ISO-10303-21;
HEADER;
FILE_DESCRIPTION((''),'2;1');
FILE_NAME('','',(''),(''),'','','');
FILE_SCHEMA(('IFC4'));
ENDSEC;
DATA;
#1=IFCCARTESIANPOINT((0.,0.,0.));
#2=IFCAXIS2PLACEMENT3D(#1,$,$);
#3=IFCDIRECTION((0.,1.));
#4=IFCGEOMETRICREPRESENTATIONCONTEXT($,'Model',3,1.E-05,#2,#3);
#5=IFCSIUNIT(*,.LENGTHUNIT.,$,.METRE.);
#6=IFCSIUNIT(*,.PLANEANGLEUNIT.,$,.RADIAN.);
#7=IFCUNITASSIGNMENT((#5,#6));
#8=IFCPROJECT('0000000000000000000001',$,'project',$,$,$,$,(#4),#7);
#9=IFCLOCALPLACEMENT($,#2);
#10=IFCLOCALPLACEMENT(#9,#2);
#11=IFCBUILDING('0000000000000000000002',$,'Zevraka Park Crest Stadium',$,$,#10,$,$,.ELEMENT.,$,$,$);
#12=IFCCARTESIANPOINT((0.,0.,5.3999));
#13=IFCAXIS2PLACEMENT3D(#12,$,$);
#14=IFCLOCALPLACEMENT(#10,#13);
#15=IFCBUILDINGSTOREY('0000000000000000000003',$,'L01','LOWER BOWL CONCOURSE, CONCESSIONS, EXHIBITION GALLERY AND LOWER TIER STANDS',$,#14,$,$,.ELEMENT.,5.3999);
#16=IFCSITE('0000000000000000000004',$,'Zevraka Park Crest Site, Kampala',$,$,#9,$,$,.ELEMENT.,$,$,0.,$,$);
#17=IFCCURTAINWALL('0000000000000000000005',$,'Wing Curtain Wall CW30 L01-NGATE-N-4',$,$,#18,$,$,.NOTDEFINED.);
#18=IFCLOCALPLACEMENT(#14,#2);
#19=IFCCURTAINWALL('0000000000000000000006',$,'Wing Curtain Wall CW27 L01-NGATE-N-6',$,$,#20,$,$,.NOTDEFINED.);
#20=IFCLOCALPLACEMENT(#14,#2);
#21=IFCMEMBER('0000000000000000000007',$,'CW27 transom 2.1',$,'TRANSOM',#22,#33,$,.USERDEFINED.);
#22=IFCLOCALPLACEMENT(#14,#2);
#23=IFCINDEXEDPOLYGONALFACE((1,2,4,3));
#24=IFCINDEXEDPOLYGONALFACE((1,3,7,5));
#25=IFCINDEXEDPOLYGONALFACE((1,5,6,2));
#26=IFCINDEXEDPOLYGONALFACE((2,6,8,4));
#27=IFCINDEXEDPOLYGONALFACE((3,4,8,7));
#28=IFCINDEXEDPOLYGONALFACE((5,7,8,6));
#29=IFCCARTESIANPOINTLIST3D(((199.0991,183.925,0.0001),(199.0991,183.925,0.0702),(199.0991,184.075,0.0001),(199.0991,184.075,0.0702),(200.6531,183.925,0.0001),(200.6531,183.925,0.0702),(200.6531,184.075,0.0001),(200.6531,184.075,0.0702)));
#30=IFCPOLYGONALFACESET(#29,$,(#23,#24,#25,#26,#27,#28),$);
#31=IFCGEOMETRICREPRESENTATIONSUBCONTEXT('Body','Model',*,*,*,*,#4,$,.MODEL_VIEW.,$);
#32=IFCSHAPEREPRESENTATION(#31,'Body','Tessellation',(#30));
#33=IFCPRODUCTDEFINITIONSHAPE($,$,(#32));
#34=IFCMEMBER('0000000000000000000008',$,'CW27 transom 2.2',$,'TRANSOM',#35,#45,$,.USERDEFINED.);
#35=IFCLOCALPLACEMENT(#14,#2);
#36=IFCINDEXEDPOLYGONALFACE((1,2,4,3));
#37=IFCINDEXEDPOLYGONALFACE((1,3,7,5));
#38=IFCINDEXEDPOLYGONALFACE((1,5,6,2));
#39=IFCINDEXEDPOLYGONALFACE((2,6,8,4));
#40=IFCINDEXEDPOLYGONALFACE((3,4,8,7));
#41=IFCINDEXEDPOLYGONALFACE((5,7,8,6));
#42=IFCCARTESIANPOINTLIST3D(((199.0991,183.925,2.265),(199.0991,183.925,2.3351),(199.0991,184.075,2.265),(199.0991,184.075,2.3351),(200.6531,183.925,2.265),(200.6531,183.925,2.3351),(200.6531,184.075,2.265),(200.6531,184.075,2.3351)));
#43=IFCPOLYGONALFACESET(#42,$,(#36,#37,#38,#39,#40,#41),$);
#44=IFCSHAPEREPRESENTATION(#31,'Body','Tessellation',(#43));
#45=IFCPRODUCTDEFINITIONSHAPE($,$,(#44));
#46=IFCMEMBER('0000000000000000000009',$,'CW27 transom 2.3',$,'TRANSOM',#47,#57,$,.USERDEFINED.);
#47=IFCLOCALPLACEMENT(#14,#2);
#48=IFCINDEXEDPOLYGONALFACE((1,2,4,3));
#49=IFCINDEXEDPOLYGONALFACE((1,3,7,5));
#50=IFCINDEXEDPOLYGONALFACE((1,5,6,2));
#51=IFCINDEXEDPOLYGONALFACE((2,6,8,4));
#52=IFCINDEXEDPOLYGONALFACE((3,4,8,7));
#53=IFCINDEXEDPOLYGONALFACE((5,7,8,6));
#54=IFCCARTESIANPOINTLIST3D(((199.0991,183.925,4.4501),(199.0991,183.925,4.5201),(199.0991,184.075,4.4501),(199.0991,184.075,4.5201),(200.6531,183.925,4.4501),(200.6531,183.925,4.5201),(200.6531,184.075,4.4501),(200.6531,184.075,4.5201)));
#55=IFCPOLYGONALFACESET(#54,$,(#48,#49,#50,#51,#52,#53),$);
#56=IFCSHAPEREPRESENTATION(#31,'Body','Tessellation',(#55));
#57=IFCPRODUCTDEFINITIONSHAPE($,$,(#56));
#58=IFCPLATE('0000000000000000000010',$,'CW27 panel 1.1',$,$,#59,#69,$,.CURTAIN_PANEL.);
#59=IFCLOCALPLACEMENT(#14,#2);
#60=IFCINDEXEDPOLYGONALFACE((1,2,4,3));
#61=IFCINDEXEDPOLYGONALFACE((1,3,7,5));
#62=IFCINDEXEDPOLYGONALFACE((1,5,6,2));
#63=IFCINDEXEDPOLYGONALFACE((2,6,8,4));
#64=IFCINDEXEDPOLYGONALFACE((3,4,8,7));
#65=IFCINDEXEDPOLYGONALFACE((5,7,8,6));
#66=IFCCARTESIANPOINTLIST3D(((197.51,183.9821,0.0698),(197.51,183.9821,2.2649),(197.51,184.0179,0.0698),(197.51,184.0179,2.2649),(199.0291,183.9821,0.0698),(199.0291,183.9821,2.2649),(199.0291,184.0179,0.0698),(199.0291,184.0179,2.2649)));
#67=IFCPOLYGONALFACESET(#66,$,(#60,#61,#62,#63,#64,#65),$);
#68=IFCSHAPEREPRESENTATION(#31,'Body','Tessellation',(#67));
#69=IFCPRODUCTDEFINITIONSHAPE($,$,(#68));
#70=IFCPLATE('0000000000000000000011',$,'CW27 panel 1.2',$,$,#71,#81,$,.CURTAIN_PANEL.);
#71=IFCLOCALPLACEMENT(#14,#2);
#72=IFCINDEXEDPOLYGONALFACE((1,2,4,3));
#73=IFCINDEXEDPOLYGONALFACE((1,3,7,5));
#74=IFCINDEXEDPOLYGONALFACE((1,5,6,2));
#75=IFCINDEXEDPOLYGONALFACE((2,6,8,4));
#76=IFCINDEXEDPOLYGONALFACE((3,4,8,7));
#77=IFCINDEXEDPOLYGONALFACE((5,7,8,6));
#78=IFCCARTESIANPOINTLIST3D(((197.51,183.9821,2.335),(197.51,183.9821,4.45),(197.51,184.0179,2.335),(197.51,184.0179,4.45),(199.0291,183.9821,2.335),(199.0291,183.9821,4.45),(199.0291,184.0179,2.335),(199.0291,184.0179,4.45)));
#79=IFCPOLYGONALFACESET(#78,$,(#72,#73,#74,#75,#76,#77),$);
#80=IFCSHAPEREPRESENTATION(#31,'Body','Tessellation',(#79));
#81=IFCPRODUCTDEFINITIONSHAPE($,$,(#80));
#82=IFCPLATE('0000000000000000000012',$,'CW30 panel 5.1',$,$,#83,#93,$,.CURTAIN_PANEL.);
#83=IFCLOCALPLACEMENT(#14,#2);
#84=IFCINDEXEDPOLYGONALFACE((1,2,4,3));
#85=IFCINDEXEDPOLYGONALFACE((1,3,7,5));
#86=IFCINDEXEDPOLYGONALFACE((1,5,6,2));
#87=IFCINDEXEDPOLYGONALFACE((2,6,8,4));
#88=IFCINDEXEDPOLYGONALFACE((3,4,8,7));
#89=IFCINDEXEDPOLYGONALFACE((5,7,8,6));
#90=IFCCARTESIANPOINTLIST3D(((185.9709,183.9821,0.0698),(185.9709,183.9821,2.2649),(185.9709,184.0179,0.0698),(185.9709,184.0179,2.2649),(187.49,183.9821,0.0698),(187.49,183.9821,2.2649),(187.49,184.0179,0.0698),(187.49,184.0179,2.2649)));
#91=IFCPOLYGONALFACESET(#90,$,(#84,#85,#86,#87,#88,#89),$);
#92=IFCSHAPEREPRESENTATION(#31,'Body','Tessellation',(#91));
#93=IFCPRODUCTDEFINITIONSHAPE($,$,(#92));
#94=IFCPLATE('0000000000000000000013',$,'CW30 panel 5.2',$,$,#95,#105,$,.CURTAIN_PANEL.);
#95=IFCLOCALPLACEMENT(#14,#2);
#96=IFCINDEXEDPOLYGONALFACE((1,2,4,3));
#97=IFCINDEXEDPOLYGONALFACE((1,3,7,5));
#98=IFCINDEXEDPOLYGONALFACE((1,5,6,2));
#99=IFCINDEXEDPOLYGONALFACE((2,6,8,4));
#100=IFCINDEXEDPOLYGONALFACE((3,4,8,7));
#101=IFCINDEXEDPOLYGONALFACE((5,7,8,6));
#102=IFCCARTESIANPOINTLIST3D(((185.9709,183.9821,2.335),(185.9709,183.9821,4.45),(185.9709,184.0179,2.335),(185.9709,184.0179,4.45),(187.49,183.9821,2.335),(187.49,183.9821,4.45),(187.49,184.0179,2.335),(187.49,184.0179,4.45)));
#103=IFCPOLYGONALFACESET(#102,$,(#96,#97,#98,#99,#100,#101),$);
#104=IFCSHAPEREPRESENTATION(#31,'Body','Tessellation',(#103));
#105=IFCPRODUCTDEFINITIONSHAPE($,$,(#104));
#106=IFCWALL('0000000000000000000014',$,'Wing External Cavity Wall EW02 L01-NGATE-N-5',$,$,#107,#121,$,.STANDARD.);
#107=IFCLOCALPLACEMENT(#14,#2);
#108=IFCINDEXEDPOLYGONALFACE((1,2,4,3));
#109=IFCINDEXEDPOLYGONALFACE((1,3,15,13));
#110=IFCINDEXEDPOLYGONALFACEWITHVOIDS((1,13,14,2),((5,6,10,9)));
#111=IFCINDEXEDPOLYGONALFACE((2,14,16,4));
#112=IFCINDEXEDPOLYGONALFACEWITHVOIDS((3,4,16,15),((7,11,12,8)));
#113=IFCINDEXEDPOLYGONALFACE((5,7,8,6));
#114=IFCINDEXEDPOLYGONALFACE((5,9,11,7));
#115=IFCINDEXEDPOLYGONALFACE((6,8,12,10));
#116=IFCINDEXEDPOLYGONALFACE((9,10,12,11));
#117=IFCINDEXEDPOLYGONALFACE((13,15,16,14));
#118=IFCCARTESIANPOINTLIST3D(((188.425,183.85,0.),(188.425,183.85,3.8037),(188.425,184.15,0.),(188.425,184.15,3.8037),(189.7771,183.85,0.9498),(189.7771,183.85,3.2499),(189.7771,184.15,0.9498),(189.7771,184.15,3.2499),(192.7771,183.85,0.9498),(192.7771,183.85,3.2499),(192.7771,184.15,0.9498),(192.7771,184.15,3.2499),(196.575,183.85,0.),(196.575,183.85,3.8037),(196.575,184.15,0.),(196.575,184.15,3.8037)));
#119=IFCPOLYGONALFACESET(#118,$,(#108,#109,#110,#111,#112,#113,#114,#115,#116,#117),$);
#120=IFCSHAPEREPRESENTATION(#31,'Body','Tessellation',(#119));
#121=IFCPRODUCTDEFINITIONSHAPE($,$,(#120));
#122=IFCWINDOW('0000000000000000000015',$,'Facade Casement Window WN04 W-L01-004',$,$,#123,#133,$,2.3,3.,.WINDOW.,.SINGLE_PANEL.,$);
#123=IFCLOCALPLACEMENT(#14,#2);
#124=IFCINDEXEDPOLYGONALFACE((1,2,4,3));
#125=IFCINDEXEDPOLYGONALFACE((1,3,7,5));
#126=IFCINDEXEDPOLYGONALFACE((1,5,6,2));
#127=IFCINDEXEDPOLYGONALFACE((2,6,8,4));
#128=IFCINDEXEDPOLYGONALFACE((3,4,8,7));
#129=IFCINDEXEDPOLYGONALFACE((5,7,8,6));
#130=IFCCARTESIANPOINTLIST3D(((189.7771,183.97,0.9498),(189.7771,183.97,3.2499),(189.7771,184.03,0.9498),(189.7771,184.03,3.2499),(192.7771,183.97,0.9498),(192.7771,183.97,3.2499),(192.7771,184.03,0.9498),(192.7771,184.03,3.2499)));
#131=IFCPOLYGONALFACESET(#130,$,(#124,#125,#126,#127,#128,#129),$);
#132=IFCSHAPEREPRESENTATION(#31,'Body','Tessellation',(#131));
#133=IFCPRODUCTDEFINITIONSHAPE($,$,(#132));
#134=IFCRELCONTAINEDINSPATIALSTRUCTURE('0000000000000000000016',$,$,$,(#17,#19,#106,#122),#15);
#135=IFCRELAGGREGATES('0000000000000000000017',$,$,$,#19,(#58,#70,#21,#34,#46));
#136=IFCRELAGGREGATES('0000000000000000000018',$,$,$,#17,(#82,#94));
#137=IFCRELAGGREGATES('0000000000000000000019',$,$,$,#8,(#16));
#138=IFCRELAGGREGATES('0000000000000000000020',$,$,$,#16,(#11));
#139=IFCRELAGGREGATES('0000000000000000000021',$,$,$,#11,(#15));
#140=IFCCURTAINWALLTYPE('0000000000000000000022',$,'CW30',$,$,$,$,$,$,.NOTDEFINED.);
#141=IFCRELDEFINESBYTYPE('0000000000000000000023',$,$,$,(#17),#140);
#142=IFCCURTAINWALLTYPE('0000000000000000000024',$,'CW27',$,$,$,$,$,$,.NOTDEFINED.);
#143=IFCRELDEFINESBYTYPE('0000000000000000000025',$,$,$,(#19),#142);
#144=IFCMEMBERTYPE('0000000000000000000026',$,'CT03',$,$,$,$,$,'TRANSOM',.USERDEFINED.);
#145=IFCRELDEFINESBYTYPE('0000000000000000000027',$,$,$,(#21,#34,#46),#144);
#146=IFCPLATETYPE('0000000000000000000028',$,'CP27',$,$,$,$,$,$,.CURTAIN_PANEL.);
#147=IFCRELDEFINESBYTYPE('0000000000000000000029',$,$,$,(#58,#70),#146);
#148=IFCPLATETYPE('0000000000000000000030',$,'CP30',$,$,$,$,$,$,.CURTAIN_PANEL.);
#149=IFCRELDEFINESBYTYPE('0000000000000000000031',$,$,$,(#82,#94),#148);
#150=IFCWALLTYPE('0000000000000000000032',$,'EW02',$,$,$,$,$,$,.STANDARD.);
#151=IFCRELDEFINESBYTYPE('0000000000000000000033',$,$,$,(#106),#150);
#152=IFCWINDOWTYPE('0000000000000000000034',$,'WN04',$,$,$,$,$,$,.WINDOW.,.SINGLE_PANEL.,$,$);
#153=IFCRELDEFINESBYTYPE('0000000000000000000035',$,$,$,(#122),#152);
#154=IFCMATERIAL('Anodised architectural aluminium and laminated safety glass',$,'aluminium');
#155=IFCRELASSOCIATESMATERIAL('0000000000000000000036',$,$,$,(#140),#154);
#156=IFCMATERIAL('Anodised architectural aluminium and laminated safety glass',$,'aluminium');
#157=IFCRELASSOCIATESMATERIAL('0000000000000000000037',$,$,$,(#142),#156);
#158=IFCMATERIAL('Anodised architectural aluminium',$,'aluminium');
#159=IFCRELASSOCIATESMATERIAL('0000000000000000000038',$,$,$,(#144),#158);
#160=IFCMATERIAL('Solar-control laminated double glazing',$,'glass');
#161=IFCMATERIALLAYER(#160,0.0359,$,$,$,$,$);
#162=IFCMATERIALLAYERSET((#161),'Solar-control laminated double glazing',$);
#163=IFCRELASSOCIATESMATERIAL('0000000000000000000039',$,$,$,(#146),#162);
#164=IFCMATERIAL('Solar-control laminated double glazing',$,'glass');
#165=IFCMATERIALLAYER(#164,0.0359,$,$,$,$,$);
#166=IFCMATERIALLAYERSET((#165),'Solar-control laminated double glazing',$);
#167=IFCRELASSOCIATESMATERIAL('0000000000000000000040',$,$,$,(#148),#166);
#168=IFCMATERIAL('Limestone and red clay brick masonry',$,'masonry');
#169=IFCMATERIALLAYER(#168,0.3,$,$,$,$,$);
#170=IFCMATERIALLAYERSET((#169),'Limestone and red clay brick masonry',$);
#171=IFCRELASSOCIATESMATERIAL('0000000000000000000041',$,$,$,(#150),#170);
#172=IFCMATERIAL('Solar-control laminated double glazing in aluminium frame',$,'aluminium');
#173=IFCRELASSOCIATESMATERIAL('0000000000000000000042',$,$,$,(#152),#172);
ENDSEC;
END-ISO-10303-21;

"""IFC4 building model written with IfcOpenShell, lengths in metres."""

from ifc_helpers import new_model, si_unit, direction, frame, frame_2d, origin, origin_2d, place, context, subcontext, project, spatial, rectangle, extrude, material, layer, layer_set, material_profile, profile_set, type_object, element, fill, aggregate, save


model = new_model("IFC4")

# Units and contexts
model_context = context("Model", 3, precision=1e-05, world=origin(), true_north=direction((0.0, 1.0)))
body_context = subcontext(model_context, "Body", "Model", "MODEL_VIEW")
ifc_project = project(units=[si_unit("LENGTHUNIT", "METRE"), si_unit("PLANEANGLEUNIT", "RADIAN")], contexts=[model_context])

# Site, building, storey
site_placement = place(None, origin())
site = spatial("IfcSite", under=ifc_project, at=site_placement, Name="Zevraka Park Crest Site, Kampala", CompositionType="ELEMENT", RefElevation=0.0)
building_placement = place(site_placement, origin())
building = spatial("IfcBuilding", under=site, at=building_placement, Name="Zevraka Park Crest Stadium", CompositionType="ELEMENT")
storey_placement = place(building_placement, frame((0.0, 0.0, 5.3999)))
storey = spatial("IfcBuildingStorey", under=building, at=storey_placement, Name="L01", Description="LOWER BOWL CONCOURSE, CONCESSIONS, EXHIBITION GALLERY AND LOWER TIER STANDS", CompositionType="ELEMENT", Elevation=5.3999)

# Curtain wall
ifc_material_1 = material(Name="Anodised architectural aluminium and laminated safety glass", Category="aluminium")
curtain_wall_type_1 = type_object("IfcCurtainWallType", Name="CW30", PredefinedType="NOTDEFINED", material=ifc_material_1)
curtain_wall_1_placement = place(storey_placement, origin())
curtain_wall_1 = element("IfcCurtainWall", 1, at=curtain_wall_1_placement, inside=storey, type_object=curtain_wall_type_1, Name="Wing Curtain Wall CW30 L01-NGATE-N-4", PredefinedType="NOTDEFINED")

# Curtain wall
ifc_material_2 = material(Name="Anodised architectural aluminium and laminated safety glass", Category="aluminium")
curtain_wall_type_2 = type_object("IfcCurtainWallType", Name="CW27", PredefinedType="NOTDEFINED", material=ifc_material_2)
curtain_wall_2_placement = place(storey_placement, origin())
curtain_wall_2 = element("IfcCurtainWall", 2, at=curtain_wall_2_placement, inside=storey, type_object=curtain_wall_type_2, Name="Wing Curtain Wall CW27 L01-NGATE-N-6", PredefinedType="NOTDEFINED")

# Members
ifc_material_3 = material(Name="Anodised architectural aluminium", Category="aluminium")
ifc_material_profile_1 = material_profile(ifc_material_3, rectangle(XDim=0.1499, YDim=0.0701, at=origin_2d()), Name="ALU TRANSOM 150x70")
ifc_profile_set_1 = profile_set([ifc_material_profile_1], Name="Anodised architectural aluminium")
member_type_1 = type_object("IfcMemberType", Name="CT03", ElementType="TRANSOM", PredefinedType="USERDEFINED", material=ifc_profile_set_1)
member_1_placement = place(storey_placement, frame((199.0991, 184.0, 0.0352), z_axis=(1.0, 0.0, 0.0), x_axis=(0.0, 1.0, 0.0)))
member_1 = element("IfcMember", 3, at=member_1_placement, type_object=member_type_1, Name="CW27 transom 2.1", ObjectType="TRANSOM", PredefinedType="USERDEFINED", context=body_context, shape_type="SweptSolid", body=[
    extrude(rectangle(XDim=0.1499, YDim=0.0701, at=origin_2d()), origin(), (0.0, 0.0, 1.0), 1.554),
])
member_2_placement = place(storey_placement, frame((199.0991, 184.0, 2.3), z_axis=(1.0, 0.0, 0.0), x_axis=(0.0, 1.0, 0.0)))
member_2 = element("IfcMember", 4, at=member_2_placement, type_object=member_type_1, Name="CW27 transom 2.2", ObjectType="TRANSOM", PredefinedType="USERDEFINED", context=body_context, shape_type="SweptSolid", body=[
    extrude(rectangle(XDim=0.1499, YDim=0.0701, at=origin_2d()), origin(), (0.0, 0.0, 1.0), 1.554),
])
member_3_placement = place(storey_placement, frame((199.0991, 184.0, 4.4851), z_axis=(1.0, 0.0, 0.0), x_axis=(0.0, 1.0, 0.0)))
member_3 = element("IfcMember", 5, at=member_3_placement, type_object=member_type_1, Name="CW27 transom 2.3", ObjectType="TRANSOM", PredefinedType="USERDEFINED", context=body_context, shape_type="SweptSolid", body=[
    extrude(rectangle(XDim=0.1499, YDim=0.0701, at=origin_2d()), origin(), (0.0, 0.0, 1.0), 1.554),
])

# Plates
ifc_material_4 = material(Name="Solar-control laminated double glazing", Category="glass")
ifc_layer_1 = layer(ifc_material_4, 0.0359)
ifc_layer_set_1 = layer_set([ifc_layer_1], Name="Solar-control laminated double glazing")
plate_type_1 = type_object("IfcPlateType", Name="CP27", PredefinedType="CURTAIN_PANEL", material=ifc_layer_set_1)
plate_1_placement = place(storey_placement, frame((198.2695, 184.0, 0.0698), z_axis=(0.0, 0.0, 1.0), x_axis=(1.0, 0.0, 0.0)))
plate_1 = element("IfcPlate", 6, at=plate_1_placement, type_object=plate_type_1, Name="CW27 panel 1.1", PredefinedType="CURTAIN_PANEL", context=body_context, shape_type="SweptSolid", body=[
    extrude(rectangle(XDim=1.519, YDim=0.0359, at=origin_2d()), origin(), (0.0, 0.0, 1.0), 2.1951),
])
plate_2_placement = place(storey_placement, frame((198.2695, 184.0, 2.335), z_axis=(0.0, 0.0, 1.0), x_axis=(1.0, 0.0, 0.0)))
plate_2 = element("IfcPlate", 7, at=plate_2_placement, type_object=plate_type_1, Name="CW27 panel 1.2", PredefinedType="CURTAIN_PANEL", context=body_context, shape_type="SweptSolid", body=[
    extrude(rectangle(XDim=1.519, YDim=0.0359, at=origin_2d()), origin(), (0.0, 0.0, 1.0), 2.115),
])
aggregate(curtain_wall_2, [plate_1, plate_2, member_1, member_2, member_3])
ifc_material_5 = material(Name="Solar-control laminated double glazing", Category="glass")
ifc_layer_2 = layer(ifc_material_5, 0.0359)
ifc_layer_set_2 = layer_set([ifc_layer_2], Name="Solar-control laminated double glazing")
plate_type_2 = type_object("IfcPlateType", Name="CP30", PredefinedType="CURTAIN_PANEL", material=ifc_layer_set_2)
plate_3_placement = place(storey_placement, frame((186.7305, 184.0, 0.0698), z_axis=(0.0, 0.0, 1.0), x_axis=(1.0, 0.0, 0.0)))
plate_3 = element("IfcPlate", 8, at=plate_3_placement, type_object=plate_type_2, Name="CW30 panel 5.1", PredefinedType="CURTAIN_PANEL", context=body_context, shape_type="SweptSolid", body=[
    extrude(rectangle(XDim=1.519, YDim=0.0359, at=origin_2d()), origin(), (0.0, 0.0, 1.0), 2.1951),
])
plate_4_placement = place(storey_placement, frame((186.7305, 184.0, 2.335), z_axis=(0.0, 0.0, 1.0), x_axis=(1.0, 0.0, 0.0)))
plate_4 = element("IfcPlate", 9, at=plate_4_placement, type_object=plate_type_2, Name="CW30 panel 5.2", PredefinedType="CURTAIN_PANEL", context=body_context, shape_type="SweptSolid", body=[
    extrude(rectangle(XDim=1.519, YDim=0.0359, at=origin_2d()), origin(), (0.0, 0.0, 1.0), 2.115),
])
aggregate(curtain_wall_1, [plate_3, plate_4])

# Wall, opening, window
ifc_material_6 = material(Name="Limestone and red clay brick masonry", Category="masonry")
ifc_layer_3 = layer(ifc_material_6, 0.3)
ifc_layer_set_3 = layer_set([ifc_layer_3], Name="Limestone and red clay brick masonry")
wall_type = type_object("IfcWallType", Name="EW02", PredefinedType="STANDARD", material=ifc_layer_set_3)
wall_placement = place(storey_placement, frame((188.425, 184.0, 0.0), z_axis=(0.0, 0.0, 1.0), x_axis=(1.0, 0.0, 0.0)))
wall = element("IfcWall", 10, at=wall_placement, inside=storey, type_object=wall_type, Name="Wing External Cavity Wall EW02 L01-NGATE-N-5", PredefinedType="STANDARD", context=body_context, shape_type="SweptSolid", body=[
    extrude(rectangle(XDim=8.1499, YDim=0.3, at=frame_2d((4.075, 0.0))), origin(), (0.0, 0.0, 1.0), 3.8037),
])
opening_placement = place(wall_placement, frame((1.3521, 0.0, 0.95)))
opening = element("IfcOpeningElement", 11, at=opening_placement, cuts=wall, PredefinedType="OPENING", context=body_context, shape_type="SweptSolid", body=[
    extrude(rectangle(XDim=3.0, YDim=2.3, at=frame_2d((1.5, 1.1499))), frame((0.0, 0.1599, 0.0), z_axis=(0.0, -1.0, 0.0), x_axis=(1.0, 0.0, 0.0)), (0.0, 0.0, 1.0), 0.3201),
])
ifc_material_7 = material(Name="Solar-control laminated double glazing in aluminium frame", Category="aluminium")
window_type = type_object("IfcWindowType", Name="WN04", PartitioningType="SINGLE_PANEL", PredefinedType="WINDOW", material=ifc_material_7)
window_placement = place(opening_placement, origin())
window = element("IfcWindow", 12, at=window_placement, inside=storey, type_object=window_type, Name="Facade Casement Window WN04 W-L01-004", OverallHeight=2.3, OverallWidth=3.0, PartitioningType="SINGLE_PANEL", PredefinedType="WINDOW", context=body_context, shape_type="SweptSolid", body=[
    extrude(rectangle(XDim=3.0, YDim=2.3, at=frame_2d((1.5, 1.1499))), frame((0.0, 0.03, 0.0), z_axis=(0.0, -1.0, 0.0), x_axis=(1.0, 0.0, 0.0)), (0.0, 0.0, 1.0), 0.0601),
])
fill(opening, window)

save(model, "model.ifc")
